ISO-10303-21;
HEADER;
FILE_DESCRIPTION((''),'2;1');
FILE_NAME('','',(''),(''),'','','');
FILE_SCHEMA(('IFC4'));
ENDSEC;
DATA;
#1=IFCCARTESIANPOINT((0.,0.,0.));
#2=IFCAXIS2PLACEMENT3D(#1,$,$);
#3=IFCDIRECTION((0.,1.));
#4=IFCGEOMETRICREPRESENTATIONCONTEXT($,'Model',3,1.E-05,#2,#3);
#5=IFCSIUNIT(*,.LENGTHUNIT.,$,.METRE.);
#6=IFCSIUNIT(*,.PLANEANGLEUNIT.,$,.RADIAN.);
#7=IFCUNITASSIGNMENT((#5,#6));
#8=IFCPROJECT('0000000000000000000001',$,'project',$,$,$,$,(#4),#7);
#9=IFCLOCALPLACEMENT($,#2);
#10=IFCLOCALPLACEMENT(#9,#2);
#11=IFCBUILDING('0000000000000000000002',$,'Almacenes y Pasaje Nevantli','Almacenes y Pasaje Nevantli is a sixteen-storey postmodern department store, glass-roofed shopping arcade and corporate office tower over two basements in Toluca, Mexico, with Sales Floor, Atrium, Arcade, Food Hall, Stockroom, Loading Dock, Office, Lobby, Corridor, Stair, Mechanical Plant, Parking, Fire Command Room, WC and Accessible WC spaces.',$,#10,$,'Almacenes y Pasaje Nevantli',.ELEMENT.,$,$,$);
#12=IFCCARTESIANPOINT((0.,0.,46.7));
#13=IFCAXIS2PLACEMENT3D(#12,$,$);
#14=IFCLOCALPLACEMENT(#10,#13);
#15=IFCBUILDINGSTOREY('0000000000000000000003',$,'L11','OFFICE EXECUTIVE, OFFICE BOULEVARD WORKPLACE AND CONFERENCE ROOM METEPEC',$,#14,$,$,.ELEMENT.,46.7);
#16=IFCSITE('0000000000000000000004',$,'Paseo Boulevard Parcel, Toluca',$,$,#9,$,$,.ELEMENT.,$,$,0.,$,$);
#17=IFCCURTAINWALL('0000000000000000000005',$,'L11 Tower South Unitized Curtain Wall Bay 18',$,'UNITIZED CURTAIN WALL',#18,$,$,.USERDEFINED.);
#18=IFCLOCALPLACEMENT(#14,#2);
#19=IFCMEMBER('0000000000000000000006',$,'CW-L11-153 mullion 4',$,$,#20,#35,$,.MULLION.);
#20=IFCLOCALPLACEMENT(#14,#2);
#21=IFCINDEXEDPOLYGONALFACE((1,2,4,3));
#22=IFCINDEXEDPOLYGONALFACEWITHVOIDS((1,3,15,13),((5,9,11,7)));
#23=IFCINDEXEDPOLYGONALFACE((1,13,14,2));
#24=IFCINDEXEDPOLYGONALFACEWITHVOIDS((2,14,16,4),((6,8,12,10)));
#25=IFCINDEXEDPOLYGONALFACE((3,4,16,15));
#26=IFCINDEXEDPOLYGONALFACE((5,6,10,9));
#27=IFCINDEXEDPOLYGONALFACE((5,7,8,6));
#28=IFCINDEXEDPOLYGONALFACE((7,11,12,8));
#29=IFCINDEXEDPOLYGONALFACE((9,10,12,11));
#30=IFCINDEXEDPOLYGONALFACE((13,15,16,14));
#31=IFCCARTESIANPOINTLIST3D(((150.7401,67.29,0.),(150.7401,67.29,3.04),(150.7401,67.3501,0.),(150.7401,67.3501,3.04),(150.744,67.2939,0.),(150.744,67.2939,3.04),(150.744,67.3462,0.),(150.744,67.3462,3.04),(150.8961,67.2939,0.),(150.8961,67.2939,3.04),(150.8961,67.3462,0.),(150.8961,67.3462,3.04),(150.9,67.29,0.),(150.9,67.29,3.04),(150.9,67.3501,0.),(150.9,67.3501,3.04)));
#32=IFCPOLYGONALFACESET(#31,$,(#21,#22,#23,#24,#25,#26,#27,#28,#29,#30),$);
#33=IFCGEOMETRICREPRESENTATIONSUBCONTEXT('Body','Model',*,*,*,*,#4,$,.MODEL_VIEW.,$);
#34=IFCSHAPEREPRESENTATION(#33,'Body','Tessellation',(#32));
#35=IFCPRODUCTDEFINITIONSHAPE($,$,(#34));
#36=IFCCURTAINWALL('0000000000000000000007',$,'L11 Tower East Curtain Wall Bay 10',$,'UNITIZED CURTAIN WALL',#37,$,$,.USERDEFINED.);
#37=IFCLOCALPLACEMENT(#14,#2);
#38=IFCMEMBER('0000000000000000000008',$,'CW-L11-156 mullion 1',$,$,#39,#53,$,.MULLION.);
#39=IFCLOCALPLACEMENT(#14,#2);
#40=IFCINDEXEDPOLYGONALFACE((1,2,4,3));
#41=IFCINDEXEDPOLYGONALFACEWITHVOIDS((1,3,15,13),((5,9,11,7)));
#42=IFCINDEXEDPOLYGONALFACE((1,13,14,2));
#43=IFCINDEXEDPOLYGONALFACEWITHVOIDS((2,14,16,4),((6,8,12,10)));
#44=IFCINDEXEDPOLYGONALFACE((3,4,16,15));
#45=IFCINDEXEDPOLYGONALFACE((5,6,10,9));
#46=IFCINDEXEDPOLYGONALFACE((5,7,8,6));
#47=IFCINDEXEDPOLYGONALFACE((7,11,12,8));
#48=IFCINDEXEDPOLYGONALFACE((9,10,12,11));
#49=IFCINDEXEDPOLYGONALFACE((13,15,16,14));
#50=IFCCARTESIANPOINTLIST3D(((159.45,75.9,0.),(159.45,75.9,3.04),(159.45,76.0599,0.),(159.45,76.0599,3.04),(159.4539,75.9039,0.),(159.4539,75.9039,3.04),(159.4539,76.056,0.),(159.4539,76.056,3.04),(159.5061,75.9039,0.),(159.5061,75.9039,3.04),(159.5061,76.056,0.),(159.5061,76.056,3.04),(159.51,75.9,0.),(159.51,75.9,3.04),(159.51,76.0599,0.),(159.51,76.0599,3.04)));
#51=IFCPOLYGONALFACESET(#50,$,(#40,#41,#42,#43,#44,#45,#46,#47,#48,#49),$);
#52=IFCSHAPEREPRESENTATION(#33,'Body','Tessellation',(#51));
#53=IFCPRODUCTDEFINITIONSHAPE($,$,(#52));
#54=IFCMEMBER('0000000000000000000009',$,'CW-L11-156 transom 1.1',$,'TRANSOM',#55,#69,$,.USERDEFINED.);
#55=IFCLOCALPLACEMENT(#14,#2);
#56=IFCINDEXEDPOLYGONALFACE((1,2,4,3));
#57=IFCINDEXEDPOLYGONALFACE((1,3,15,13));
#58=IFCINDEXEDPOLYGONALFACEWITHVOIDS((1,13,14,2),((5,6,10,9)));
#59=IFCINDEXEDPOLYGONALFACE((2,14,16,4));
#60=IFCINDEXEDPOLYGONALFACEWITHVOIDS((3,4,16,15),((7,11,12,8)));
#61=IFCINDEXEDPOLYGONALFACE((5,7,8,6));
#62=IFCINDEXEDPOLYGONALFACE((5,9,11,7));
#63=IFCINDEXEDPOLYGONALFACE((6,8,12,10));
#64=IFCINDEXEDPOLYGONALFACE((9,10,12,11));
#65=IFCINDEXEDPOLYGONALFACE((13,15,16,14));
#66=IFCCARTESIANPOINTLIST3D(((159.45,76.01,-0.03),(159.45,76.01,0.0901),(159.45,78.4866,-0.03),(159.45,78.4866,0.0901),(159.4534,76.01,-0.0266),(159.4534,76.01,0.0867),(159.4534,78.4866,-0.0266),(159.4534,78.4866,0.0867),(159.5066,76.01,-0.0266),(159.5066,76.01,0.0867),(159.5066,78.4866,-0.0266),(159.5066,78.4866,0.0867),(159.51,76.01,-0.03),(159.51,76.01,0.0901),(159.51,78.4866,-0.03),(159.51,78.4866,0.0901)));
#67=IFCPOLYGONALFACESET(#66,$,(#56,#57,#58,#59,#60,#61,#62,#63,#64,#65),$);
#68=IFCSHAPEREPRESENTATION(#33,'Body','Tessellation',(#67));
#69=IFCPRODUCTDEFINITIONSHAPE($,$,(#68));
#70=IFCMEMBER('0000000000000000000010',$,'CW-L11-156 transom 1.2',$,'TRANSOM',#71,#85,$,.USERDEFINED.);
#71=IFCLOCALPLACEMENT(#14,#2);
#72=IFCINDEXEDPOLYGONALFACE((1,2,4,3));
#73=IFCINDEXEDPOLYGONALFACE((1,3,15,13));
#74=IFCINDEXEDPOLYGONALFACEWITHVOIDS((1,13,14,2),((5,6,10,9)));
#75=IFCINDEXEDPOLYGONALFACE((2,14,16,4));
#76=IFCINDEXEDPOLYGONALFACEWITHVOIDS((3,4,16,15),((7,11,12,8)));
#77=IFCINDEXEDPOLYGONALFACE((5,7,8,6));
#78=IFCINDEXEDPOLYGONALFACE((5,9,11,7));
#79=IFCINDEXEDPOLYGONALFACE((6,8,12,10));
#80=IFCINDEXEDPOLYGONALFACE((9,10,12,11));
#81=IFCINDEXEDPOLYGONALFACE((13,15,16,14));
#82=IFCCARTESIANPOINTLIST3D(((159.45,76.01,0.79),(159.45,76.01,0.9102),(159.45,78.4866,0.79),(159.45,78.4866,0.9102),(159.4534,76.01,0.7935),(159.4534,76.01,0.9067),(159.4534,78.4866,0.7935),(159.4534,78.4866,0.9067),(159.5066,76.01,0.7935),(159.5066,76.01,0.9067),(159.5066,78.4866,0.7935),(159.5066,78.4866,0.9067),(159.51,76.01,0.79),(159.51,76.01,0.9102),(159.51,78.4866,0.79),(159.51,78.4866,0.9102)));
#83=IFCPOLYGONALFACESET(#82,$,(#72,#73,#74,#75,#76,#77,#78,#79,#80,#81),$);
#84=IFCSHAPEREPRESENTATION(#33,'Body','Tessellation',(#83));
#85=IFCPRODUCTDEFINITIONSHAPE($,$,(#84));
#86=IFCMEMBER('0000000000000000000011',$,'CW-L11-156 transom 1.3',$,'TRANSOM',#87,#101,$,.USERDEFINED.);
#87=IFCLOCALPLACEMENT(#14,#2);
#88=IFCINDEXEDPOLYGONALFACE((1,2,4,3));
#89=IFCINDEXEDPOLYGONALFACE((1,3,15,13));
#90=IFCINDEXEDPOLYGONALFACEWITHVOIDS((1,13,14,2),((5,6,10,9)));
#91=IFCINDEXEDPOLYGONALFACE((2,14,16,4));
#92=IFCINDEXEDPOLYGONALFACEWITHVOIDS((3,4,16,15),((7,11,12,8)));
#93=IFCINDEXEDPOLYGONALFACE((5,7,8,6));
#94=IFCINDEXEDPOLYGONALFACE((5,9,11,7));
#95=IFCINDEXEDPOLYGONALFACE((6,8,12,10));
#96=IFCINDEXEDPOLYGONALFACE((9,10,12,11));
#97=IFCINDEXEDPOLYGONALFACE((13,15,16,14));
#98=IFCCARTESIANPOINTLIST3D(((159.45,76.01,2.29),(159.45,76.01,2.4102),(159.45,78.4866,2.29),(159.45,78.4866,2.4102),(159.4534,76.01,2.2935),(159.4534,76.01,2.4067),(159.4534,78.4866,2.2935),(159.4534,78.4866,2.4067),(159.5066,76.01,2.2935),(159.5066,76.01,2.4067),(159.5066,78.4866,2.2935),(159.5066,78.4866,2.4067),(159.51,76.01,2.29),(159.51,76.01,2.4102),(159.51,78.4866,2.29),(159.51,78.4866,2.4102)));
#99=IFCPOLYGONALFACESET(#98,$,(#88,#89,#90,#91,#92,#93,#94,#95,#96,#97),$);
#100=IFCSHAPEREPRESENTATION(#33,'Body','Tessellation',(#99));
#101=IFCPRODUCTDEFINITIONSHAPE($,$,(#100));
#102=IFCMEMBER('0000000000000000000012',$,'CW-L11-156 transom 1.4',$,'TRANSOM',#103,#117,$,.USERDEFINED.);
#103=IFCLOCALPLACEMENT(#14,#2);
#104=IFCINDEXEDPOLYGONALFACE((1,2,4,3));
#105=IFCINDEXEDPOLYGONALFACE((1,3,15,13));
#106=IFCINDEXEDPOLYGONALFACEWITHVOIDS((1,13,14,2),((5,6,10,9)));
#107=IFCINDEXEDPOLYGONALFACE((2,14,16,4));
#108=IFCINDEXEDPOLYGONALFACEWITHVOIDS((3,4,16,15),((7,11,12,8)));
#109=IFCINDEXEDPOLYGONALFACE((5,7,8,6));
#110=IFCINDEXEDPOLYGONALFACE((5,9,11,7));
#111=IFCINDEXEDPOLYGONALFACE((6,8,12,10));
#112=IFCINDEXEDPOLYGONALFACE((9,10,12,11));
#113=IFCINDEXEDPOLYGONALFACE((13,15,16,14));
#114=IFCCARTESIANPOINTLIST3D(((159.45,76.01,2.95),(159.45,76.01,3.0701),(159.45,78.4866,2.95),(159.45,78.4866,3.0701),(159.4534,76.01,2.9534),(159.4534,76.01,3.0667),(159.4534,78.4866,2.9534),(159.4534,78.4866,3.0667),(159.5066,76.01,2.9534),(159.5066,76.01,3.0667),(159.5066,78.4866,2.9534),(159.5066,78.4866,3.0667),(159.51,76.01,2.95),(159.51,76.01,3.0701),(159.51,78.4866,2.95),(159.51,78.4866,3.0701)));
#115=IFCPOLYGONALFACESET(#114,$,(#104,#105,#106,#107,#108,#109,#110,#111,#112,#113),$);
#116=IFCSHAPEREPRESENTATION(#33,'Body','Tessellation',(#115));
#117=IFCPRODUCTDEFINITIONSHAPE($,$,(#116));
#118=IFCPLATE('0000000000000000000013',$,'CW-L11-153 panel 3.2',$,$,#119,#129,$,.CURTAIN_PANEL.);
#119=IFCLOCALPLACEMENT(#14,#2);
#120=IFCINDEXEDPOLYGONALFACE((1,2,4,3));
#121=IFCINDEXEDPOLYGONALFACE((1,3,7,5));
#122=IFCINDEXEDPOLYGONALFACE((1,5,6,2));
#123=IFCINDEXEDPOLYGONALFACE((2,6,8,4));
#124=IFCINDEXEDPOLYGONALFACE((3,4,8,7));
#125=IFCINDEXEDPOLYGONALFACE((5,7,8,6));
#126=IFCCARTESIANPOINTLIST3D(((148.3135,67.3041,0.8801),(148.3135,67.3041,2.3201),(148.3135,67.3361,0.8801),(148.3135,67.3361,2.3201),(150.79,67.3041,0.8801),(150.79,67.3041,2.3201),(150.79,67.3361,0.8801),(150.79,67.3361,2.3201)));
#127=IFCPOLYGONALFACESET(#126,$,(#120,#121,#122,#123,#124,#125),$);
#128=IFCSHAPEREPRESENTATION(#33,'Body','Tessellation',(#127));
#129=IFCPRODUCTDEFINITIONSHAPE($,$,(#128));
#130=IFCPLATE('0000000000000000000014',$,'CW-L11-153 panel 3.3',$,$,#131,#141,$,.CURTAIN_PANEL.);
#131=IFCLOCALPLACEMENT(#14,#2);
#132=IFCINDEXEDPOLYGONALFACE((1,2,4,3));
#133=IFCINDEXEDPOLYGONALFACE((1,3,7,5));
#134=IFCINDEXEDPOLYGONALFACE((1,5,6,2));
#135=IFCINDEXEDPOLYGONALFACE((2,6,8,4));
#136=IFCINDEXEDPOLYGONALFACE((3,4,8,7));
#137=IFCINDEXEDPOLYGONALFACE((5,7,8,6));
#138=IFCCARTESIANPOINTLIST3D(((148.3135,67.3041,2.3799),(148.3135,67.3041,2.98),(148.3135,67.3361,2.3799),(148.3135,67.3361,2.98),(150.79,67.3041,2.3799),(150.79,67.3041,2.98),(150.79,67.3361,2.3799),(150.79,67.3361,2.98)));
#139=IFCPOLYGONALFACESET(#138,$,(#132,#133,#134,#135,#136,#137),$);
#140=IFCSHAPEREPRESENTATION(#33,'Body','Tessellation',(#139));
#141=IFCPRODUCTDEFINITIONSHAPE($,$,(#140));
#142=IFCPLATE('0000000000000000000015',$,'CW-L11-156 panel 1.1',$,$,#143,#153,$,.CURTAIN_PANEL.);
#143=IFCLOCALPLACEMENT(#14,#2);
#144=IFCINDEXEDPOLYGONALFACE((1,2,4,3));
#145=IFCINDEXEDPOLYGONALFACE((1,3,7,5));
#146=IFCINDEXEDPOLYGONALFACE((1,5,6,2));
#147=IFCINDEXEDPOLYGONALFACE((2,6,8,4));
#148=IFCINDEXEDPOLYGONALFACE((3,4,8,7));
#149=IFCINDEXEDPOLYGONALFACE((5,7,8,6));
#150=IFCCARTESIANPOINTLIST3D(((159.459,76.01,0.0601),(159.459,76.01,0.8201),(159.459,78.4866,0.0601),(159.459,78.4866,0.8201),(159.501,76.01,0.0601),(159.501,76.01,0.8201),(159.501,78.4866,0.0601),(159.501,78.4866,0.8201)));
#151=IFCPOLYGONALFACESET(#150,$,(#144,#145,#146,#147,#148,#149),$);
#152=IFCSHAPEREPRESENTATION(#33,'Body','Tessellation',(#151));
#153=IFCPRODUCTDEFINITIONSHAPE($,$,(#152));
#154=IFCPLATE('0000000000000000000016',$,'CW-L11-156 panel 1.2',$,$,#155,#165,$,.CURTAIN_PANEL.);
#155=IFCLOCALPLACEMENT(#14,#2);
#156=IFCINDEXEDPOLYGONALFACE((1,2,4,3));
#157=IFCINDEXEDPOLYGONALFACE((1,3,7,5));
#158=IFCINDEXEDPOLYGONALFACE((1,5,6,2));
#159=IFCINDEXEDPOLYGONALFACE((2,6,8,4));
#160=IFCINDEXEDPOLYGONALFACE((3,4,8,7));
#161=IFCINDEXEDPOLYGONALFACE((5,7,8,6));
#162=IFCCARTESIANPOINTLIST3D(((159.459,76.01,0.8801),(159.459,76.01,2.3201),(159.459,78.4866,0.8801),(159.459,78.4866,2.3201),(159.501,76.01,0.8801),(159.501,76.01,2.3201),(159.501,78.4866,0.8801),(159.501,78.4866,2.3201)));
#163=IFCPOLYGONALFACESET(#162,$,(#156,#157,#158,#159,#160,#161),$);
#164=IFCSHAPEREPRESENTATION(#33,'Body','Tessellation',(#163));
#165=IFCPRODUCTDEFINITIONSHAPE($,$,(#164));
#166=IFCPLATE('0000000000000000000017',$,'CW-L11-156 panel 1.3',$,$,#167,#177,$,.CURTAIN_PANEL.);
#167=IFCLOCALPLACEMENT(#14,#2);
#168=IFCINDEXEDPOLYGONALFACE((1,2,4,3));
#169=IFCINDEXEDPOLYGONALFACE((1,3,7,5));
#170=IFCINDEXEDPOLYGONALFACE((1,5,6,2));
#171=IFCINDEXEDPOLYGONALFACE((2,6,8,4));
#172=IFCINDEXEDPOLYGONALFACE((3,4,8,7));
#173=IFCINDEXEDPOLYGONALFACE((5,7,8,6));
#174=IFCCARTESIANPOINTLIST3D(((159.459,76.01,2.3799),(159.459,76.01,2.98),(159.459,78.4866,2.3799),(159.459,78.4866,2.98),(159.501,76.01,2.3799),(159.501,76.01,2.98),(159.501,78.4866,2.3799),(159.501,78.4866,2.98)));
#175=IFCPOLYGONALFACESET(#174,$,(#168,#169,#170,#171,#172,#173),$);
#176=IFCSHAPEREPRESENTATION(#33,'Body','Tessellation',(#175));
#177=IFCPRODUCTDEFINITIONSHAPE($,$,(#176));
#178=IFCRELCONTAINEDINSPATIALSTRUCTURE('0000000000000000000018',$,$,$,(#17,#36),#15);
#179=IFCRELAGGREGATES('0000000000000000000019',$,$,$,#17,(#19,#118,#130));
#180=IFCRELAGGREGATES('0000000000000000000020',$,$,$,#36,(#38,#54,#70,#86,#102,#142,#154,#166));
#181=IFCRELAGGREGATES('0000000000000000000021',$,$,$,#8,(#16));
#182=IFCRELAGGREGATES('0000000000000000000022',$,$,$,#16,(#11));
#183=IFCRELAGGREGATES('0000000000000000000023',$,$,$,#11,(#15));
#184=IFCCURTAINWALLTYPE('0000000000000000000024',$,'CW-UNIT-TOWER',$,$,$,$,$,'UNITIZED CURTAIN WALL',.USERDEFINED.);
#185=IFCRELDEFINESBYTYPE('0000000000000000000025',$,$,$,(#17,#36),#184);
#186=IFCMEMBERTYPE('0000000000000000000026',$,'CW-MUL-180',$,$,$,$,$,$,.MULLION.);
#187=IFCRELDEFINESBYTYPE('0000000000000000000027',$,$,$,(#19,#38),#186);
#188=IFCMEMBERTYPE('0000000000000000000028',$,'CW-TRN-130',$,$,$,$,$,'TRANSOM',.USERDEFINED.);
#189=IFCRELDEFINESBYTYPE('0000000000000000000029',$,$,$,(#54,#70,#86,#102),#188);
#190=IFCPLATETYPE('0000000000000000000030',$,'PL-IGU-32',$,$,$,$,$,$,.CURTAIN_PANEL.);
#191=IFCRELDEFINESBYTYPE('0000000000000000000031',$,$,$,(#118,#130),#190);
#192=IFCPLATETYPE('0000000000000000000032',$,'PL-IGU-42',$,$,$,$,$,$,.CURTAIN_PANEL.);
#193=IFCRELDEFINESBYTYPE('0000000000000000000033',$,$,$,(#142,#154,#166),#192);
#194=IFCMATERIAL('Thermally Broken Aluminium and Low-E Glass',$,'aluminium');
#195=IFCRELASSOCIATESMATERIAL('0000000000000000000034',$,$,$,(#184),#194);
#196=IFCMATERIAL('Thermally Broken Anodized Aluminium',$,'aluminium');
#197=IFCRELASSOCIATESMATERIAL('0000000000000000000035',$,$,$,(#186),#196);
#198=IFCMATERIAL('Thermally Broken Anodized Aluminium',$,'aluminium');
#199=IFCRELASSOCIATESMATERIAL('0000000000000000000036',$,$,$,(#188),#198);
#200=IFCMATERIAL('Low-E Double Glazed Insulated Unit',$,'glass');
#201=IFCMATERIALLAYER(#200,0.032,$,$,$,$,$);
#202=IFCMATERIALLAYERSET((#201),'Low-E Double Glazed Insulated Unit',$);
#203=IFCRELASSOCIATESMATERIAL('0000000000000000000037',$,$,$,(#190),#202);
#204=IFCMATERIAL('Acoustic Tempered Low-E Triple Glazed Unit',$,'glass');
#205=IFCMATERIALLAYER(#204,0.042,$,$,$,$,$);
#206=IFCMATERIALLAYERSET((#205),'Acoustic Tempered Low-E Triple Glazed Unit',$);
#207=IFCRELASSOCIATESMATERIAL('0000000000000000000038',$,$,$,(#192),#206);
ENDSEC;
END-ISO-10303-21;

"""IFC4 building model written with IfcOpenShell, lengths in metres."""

from ifc_helpers import new_model, si_unit, direction, frame, origin, origin_2d, place, context, subcontext, project, spatial, rectangle, hollow_rectangle, extrude, material, layer, layer_set, material_profile, profile_set, type_object, element, aggregate, save


model = new_model("IFC4")

# Units and contexts
model_context = context("Model", 3, precision=1e-05, world=origin(), true_north=direction((0.0, 1.0)))
body_context = subcontext(model_context, "Body", "Model", "MODEL_VIEW")
ifc_project = project(units=[si_unit("LENGTHUNIT", "METRE"), si_unit("PLANEANGLEUNIT", "RADIAN")], contexts=[model_context])

# Site, building, storey
site_placement = place(None, origin())
site = spatial("IfcSite", under=ifc_project, at=site_placement, Name="Paseo Boulevard Parcel, Toluca", CompositionType="ELEMENT", RefElevation=0.0)
building_placement = place(site_placement, origin())
building = spatial("IfcBuilding", under=site, at=building_placement, Name="Almacenes y Pasaje Nevantli", Description="Almacenes y Pasaje Nevantli is a sixteen-storey postmodern department store, glass-roofed shopping arcade and corporate office tower over two basements in Toluca, Mexico, with Sales Floor, Atrium, Arcade, Food Hall, Stockroom, Loading Dock, Office, Lobby, Corridor, Stair, Mechanical Plant, Parking, Fire Command Room, WC and Accessible WC spaces.", LongName="Almacenes y Pasaje Nevantli", CompositionType="ELEMENT")
storey_placement = place(building_placement, frame((0.0, 0.0, 46.7)))
storey = spatial("IfcBuildingStorey", under=building, at=storey_placement, Name="L11", Description="OFFICE EXECUTIVE, OFFICE BOULEVARD WORKPLACE AND CONFERENCE ROOM METEPEC", CompositionType="ELEMENT", Elevation=46.7)

# Curtain wall, member
ifc_material_1 = material(Name="Thermally Broken Aluminium and Low-E Glass", Category="aluminium")
curtain_wall_type = type_object("IfcCurtainWallType", Name="CW-UNIT-TOWER", ElementType="UNITIZED CURTAIN WALL", PredefinedType="USERDEFINED", material=ifc_material_1)
curtain_wall_1_placement = place(storey_placement, origin())
curtain_wall_1 = element("IfcCurtainWall", 1, at=curtain_wall_1_placement, inside=storey, type_object=curtain_wall_type, Name="L11 Tower South Unitized Curtain Wall Bay 18", ObjectType="UNITIZED CURTAIN WALL", PredefinedType="USERDEFINED")
ifc_material_2 = material(Name="Thermally Broken Anodized Aluminium", Category="aluminium")
ifc_material_profile_1 = material_profile(ifc_material_2, hollow_rectangle(XDim=0.0601, YDim=0.1599, WallThickness=0.0039, at=origin_2d()), Name="ALU-MUL-60x160")
ifc_profile_set_1 = profile_set([ifc_material_profile_1], Name="Thermally Broken Anodized Aluminium")
member_type_1 = type_object("IfcMemberType", Name="CW-MUL-180", PredefinedType="MULLION", material=ifc_profile_set_1)
member_1_placement = place(storey_placement, frame((150.8201, 67.3201, 0.0), z_axis=(0.0, 0.0, 1.0), x_axis=(0.0, 1.0, 0.0)))
member_1 = element("IfcMember", 2, at=member_1_placement, type_object=member_type_1, Name="CW-L11-153 mullion 4", PredefinedType="MULLION", context=body_context, shape_type="SweptSolid", body=[
    extrude(hollow_rectangle(XDim=0.0601, YDim=0.1599, WallThickness=0.0039, at=origin_2d()), origin(), (0.0, 0.0, 1.0), 3.04),
])

# Curtain wall, members
curtain_wall_2_placement = place(storey_placement, origin())
curtain_wall_2 = element("IfcCurtainWall", 3, at=curtain_wall_2_placement, inside=storey, type_object=curtain_wall_type, Name="L11 Tower East Curtain Wall Bay 10", ObjectType="UNITIZED CURTAIN WALL", PredefinedType="USERDEFINED")
member_2_placement = place(storey_placement, frame((159.48, 75.98, 0.0), z_axis=(0.0, 0.0, 1.0), x_axis=(-1.0, 0.0, 0.0)))
member_2 = element("IfcMember", 4, at=member_2_placement, type_object=member_type_1, Name="CW-L11-156 mullion 1", PredefinedType="MULLION", context=body_context, shape_type="SweptSolid", body=[
    extrude(hollow_rectangle(XDim=0.0601, YDim=0.1599, WallThickness=0.0039, at=origin_2d()), origin(), (0.0, 0.0, 1.0), 3.04),
])
ifc_material_3 = material(Name="Thermally Broken Anodized Aluminium", Category="aluminium")
ifc_material_profile_2 = material_profile(ifc_material_3, hollow_rectangle(XDim=0.0601, YDim=0.1201, WallThickness=0.0034, at=origin_2d()), Name="ALU-TRN-60x120")
ifc_profile_set_2 = profile_set([ifc_material_profile_2], Name="Thermally Broken Anodized Aluminium")
member_type_2 = type_object("IfcMemberType", Name="CW-TRN-130", ElementType="TRANSOM", PredefinedType="USERDEFINED", material=ifc_profile_set_2)
member_3_placement = place(storey_placement, frame((159.48, 76.01, 0.03), z_axis=(0.0, 1.0, 0.0), x_axis=(-1.0, 0.0, 0.0)))
member_3 = element("IfcMember", 5, at=member_3_placement, type_object=member_type_2, Name="CW-L11-156 transom 1.1", ObjectType="TRANSOM", PredefinedType="USERDEFINED", context=body_context, shape_type="SweptSolid", body=[
    extrude(hollow_rectangle(XDim=0.0601, YDim=0.1201, WallThickness=0.0034, at=origin_2d()), origin(), (0.0, 0.0, 1.0), 2.4766),
])
member_4_placement = place(storey_placement, frame((159.48, 76.01, 0.8501), z_axis=(0.0, 1.0, 0.0), x_axis=(-1.0, 0.0, 0.0)))
member_4 = element("IfcMember", 6, at=member_4_placement, type_object=member_type_2, Name="CW-L11-156 transom 1.2", ObjectType="TRANSOM", PredefinedType="USERDEFINED", context=body_context, shape_type="SweptSolid", body=[
    extrude(hollow_rectangle(XDim=0.0601, YDim=0.1201, WallThickness=0.0034, at=origin_2d()), origin(), (0.0, 0.0, 1.0), 2.4766),
])
member_5_placement = place(storey_placement, frame((159.48, 76.01, 2.3501), z_axis=(0.0, 1.0, 0.0), x_axis=(-1.0, 0.0, 0.0)))
member_5 = element("IfcMember", 7, at=member_5_placement, type_object=member_type_2, Name="CW-L11-156 transom 1.3", ObjectType="TRANSOM", PredefinedType="USERDEFINED", context=body_context, shape_type="SweptSolid", body=[
    extrude(hollow_rectangle(XDim=0.0601, YDim=0.1201, WallThickness=0.0034, at=origin_2d()), origin(), (0.0, 0.0, 1.0), 2.4766),
])
member_6_placement = place(storey_placement, frame((159.48, 76.01, 3.01), z_axis=(0.0, 1.0, 0.0), x_axis=(-1.0, 0.0, 0.0)))
member_6 = element("IfcMember", 8, at=member_6_placement, type_object=member_type_2, Name="CW-L11-156 transom 1.4", ObjectType="TRANSOM", PredefinedType="USERDEFINED", context=body_context, shape_type="SweptSolid", body=[
    extrude(hollow_rectangle(XDim=0.0601, YDim=0.1201, WallThickness=0.0034, at=origin_2d()), origin(), (0.0, 0.0, 1.0), 2.4766),
])

# Plates
ifc_material_4 = material(Name="Low-E Double Glazed Insulated Unit", Category="glass")
ifc_layer_1 = layer(ifc_material_4, 0.032)
ifc_layer_set_1 = layer_set([ifc_layer_1], Name="Low-E Double Glazed Insulated Unit")
plate_type_1 = type_object("IfcPlateType", Name="PL-IGU-32", PredefinedType="CURTAIN_PANEL", material=ifc_layer_set_1)
plate_1_placement = place(storey_placement, frame((149.5518, 67.3201, 0.8801), z_axis=(0.0, 0.0, 1.0), x_axis=(1.0, 0.0, 0.0)))
plate_1 = element("IfcPlate", 9, at=plate_1_placement, type_object=plate_type_1, Name="CW-L11-153 panel 3.2", PredefinedType="CURTAIN_PANEL", context=body_context, shape_type="SweptSolid", body=[
    extrude(rectangle(XDim=2.4766, YDim=0.032, at=origin_2d()), origin(), (0.0, 0.0, 1.0), 1.4399),
])
plate_2_placement = place(storey_placement, frame((149.5518, 67.3201, 2.3799), z_axis=(0.0, 0.0, 1.0), x_axis=(1.0, 0.0, 0.0)))
plate_2 = element("IfcPlate", 10, at=plate_2_placement, type_object=plate_type_1, Name="CW-L11-153 panel 3.3", PredefinedType="CURTAIN_PANEL", context=body_context, shape_type="SweptSolid", body=[
    extrude(rectangle(XDim=2.4766, YDim=0.032, at=origin_2d()), origin(), (0.0, 0.0, 1.0), 0.6001),
])
aggregate(curtain_wall_1, [member_1, plate_1, plate_2])
ifc_material_5 = material(Name="Acoustic Tempered Low-E Triple Glazed Unit", Category="glass")
ifc_layer_2 = layer(ifc_material_5, 0.042)
ifc_layer_set_2 = layer_set([ifc_layer_2], Name="Acoustic Tempered Low-E Triple Glazed Unit")
plate_type_2 = type_object("IfcPlateType", Name="PL-IGU-42", PredefinedType="CURTAIN_PANEL", material=ifc_layer_set_2)
plate_3_placement = place(storey_placement, frame((159.48, 77.2483, 0.0601), z_axis=(0.0, 0.0, 1.0), x_axis=(0.0, 1.0, 0.0)))
plate_3 = element("IfcPlate", 11, at=plate_3_placement, type_object=plate_type_2, Name="CW-L11-156 panel 1.1", PredefinedType="CURTAIN_PANEL", context=body_context, shape_type="SweptSolid", body=[
    extrude(rectangle(XDim=2.4766, YDim=0.042, at=origin_2d()), origin(), (0.0, 0.0, 1.0), 0.76),
])
plate_4_placement = place(storey_placement, frame((159.48, 77.2483, 0.8801), z_axis=(0.0, 0.0, 1.0), x_axis=(0.0, 1.0, 0.0)))
plate_4 = element("IfcPlate", 12, at=plate_4_placement, type_object=plate_type_2, Name="CW-L11-156 panel 1.2", PredefinedType="CURTAIN_PANEL", context=body_context, shape_type="SweptSolid", body=[
    extrude(rectangle(XDim=2.4766, YDim=0.042, at=origin_2d()), origin(), (0.0, 0.0, 1.0), 1.4399),
])
plate_5_placement = place(storey_placement, frame((159.48, 77.2483, 2.3799), z_axis=(0.0, 0.0, 1.0), x_axis=(0.0, 1.0, 0.0)))
plate_5 = element("IfcPlate", 13, at=plate_5_placement, type_object=plate_type_2, Name="CW-L11-156 panel 1.3", PredefinedType="CURTAIN_PANEL", context=body_context, shape_type="SweptSolid", body=[
    extrude(rectangle(XDim=2.4766, YDim=0.042, at=origin_2d()), origin(), (0.0, 0.0, 1.0), 0.6001),
])
aggregate(curtain_wall_2, [member_2, member_3, member_4, member_5, member_6, plate_3, plate_4, plate_5])

save(model, "model.ifc")
